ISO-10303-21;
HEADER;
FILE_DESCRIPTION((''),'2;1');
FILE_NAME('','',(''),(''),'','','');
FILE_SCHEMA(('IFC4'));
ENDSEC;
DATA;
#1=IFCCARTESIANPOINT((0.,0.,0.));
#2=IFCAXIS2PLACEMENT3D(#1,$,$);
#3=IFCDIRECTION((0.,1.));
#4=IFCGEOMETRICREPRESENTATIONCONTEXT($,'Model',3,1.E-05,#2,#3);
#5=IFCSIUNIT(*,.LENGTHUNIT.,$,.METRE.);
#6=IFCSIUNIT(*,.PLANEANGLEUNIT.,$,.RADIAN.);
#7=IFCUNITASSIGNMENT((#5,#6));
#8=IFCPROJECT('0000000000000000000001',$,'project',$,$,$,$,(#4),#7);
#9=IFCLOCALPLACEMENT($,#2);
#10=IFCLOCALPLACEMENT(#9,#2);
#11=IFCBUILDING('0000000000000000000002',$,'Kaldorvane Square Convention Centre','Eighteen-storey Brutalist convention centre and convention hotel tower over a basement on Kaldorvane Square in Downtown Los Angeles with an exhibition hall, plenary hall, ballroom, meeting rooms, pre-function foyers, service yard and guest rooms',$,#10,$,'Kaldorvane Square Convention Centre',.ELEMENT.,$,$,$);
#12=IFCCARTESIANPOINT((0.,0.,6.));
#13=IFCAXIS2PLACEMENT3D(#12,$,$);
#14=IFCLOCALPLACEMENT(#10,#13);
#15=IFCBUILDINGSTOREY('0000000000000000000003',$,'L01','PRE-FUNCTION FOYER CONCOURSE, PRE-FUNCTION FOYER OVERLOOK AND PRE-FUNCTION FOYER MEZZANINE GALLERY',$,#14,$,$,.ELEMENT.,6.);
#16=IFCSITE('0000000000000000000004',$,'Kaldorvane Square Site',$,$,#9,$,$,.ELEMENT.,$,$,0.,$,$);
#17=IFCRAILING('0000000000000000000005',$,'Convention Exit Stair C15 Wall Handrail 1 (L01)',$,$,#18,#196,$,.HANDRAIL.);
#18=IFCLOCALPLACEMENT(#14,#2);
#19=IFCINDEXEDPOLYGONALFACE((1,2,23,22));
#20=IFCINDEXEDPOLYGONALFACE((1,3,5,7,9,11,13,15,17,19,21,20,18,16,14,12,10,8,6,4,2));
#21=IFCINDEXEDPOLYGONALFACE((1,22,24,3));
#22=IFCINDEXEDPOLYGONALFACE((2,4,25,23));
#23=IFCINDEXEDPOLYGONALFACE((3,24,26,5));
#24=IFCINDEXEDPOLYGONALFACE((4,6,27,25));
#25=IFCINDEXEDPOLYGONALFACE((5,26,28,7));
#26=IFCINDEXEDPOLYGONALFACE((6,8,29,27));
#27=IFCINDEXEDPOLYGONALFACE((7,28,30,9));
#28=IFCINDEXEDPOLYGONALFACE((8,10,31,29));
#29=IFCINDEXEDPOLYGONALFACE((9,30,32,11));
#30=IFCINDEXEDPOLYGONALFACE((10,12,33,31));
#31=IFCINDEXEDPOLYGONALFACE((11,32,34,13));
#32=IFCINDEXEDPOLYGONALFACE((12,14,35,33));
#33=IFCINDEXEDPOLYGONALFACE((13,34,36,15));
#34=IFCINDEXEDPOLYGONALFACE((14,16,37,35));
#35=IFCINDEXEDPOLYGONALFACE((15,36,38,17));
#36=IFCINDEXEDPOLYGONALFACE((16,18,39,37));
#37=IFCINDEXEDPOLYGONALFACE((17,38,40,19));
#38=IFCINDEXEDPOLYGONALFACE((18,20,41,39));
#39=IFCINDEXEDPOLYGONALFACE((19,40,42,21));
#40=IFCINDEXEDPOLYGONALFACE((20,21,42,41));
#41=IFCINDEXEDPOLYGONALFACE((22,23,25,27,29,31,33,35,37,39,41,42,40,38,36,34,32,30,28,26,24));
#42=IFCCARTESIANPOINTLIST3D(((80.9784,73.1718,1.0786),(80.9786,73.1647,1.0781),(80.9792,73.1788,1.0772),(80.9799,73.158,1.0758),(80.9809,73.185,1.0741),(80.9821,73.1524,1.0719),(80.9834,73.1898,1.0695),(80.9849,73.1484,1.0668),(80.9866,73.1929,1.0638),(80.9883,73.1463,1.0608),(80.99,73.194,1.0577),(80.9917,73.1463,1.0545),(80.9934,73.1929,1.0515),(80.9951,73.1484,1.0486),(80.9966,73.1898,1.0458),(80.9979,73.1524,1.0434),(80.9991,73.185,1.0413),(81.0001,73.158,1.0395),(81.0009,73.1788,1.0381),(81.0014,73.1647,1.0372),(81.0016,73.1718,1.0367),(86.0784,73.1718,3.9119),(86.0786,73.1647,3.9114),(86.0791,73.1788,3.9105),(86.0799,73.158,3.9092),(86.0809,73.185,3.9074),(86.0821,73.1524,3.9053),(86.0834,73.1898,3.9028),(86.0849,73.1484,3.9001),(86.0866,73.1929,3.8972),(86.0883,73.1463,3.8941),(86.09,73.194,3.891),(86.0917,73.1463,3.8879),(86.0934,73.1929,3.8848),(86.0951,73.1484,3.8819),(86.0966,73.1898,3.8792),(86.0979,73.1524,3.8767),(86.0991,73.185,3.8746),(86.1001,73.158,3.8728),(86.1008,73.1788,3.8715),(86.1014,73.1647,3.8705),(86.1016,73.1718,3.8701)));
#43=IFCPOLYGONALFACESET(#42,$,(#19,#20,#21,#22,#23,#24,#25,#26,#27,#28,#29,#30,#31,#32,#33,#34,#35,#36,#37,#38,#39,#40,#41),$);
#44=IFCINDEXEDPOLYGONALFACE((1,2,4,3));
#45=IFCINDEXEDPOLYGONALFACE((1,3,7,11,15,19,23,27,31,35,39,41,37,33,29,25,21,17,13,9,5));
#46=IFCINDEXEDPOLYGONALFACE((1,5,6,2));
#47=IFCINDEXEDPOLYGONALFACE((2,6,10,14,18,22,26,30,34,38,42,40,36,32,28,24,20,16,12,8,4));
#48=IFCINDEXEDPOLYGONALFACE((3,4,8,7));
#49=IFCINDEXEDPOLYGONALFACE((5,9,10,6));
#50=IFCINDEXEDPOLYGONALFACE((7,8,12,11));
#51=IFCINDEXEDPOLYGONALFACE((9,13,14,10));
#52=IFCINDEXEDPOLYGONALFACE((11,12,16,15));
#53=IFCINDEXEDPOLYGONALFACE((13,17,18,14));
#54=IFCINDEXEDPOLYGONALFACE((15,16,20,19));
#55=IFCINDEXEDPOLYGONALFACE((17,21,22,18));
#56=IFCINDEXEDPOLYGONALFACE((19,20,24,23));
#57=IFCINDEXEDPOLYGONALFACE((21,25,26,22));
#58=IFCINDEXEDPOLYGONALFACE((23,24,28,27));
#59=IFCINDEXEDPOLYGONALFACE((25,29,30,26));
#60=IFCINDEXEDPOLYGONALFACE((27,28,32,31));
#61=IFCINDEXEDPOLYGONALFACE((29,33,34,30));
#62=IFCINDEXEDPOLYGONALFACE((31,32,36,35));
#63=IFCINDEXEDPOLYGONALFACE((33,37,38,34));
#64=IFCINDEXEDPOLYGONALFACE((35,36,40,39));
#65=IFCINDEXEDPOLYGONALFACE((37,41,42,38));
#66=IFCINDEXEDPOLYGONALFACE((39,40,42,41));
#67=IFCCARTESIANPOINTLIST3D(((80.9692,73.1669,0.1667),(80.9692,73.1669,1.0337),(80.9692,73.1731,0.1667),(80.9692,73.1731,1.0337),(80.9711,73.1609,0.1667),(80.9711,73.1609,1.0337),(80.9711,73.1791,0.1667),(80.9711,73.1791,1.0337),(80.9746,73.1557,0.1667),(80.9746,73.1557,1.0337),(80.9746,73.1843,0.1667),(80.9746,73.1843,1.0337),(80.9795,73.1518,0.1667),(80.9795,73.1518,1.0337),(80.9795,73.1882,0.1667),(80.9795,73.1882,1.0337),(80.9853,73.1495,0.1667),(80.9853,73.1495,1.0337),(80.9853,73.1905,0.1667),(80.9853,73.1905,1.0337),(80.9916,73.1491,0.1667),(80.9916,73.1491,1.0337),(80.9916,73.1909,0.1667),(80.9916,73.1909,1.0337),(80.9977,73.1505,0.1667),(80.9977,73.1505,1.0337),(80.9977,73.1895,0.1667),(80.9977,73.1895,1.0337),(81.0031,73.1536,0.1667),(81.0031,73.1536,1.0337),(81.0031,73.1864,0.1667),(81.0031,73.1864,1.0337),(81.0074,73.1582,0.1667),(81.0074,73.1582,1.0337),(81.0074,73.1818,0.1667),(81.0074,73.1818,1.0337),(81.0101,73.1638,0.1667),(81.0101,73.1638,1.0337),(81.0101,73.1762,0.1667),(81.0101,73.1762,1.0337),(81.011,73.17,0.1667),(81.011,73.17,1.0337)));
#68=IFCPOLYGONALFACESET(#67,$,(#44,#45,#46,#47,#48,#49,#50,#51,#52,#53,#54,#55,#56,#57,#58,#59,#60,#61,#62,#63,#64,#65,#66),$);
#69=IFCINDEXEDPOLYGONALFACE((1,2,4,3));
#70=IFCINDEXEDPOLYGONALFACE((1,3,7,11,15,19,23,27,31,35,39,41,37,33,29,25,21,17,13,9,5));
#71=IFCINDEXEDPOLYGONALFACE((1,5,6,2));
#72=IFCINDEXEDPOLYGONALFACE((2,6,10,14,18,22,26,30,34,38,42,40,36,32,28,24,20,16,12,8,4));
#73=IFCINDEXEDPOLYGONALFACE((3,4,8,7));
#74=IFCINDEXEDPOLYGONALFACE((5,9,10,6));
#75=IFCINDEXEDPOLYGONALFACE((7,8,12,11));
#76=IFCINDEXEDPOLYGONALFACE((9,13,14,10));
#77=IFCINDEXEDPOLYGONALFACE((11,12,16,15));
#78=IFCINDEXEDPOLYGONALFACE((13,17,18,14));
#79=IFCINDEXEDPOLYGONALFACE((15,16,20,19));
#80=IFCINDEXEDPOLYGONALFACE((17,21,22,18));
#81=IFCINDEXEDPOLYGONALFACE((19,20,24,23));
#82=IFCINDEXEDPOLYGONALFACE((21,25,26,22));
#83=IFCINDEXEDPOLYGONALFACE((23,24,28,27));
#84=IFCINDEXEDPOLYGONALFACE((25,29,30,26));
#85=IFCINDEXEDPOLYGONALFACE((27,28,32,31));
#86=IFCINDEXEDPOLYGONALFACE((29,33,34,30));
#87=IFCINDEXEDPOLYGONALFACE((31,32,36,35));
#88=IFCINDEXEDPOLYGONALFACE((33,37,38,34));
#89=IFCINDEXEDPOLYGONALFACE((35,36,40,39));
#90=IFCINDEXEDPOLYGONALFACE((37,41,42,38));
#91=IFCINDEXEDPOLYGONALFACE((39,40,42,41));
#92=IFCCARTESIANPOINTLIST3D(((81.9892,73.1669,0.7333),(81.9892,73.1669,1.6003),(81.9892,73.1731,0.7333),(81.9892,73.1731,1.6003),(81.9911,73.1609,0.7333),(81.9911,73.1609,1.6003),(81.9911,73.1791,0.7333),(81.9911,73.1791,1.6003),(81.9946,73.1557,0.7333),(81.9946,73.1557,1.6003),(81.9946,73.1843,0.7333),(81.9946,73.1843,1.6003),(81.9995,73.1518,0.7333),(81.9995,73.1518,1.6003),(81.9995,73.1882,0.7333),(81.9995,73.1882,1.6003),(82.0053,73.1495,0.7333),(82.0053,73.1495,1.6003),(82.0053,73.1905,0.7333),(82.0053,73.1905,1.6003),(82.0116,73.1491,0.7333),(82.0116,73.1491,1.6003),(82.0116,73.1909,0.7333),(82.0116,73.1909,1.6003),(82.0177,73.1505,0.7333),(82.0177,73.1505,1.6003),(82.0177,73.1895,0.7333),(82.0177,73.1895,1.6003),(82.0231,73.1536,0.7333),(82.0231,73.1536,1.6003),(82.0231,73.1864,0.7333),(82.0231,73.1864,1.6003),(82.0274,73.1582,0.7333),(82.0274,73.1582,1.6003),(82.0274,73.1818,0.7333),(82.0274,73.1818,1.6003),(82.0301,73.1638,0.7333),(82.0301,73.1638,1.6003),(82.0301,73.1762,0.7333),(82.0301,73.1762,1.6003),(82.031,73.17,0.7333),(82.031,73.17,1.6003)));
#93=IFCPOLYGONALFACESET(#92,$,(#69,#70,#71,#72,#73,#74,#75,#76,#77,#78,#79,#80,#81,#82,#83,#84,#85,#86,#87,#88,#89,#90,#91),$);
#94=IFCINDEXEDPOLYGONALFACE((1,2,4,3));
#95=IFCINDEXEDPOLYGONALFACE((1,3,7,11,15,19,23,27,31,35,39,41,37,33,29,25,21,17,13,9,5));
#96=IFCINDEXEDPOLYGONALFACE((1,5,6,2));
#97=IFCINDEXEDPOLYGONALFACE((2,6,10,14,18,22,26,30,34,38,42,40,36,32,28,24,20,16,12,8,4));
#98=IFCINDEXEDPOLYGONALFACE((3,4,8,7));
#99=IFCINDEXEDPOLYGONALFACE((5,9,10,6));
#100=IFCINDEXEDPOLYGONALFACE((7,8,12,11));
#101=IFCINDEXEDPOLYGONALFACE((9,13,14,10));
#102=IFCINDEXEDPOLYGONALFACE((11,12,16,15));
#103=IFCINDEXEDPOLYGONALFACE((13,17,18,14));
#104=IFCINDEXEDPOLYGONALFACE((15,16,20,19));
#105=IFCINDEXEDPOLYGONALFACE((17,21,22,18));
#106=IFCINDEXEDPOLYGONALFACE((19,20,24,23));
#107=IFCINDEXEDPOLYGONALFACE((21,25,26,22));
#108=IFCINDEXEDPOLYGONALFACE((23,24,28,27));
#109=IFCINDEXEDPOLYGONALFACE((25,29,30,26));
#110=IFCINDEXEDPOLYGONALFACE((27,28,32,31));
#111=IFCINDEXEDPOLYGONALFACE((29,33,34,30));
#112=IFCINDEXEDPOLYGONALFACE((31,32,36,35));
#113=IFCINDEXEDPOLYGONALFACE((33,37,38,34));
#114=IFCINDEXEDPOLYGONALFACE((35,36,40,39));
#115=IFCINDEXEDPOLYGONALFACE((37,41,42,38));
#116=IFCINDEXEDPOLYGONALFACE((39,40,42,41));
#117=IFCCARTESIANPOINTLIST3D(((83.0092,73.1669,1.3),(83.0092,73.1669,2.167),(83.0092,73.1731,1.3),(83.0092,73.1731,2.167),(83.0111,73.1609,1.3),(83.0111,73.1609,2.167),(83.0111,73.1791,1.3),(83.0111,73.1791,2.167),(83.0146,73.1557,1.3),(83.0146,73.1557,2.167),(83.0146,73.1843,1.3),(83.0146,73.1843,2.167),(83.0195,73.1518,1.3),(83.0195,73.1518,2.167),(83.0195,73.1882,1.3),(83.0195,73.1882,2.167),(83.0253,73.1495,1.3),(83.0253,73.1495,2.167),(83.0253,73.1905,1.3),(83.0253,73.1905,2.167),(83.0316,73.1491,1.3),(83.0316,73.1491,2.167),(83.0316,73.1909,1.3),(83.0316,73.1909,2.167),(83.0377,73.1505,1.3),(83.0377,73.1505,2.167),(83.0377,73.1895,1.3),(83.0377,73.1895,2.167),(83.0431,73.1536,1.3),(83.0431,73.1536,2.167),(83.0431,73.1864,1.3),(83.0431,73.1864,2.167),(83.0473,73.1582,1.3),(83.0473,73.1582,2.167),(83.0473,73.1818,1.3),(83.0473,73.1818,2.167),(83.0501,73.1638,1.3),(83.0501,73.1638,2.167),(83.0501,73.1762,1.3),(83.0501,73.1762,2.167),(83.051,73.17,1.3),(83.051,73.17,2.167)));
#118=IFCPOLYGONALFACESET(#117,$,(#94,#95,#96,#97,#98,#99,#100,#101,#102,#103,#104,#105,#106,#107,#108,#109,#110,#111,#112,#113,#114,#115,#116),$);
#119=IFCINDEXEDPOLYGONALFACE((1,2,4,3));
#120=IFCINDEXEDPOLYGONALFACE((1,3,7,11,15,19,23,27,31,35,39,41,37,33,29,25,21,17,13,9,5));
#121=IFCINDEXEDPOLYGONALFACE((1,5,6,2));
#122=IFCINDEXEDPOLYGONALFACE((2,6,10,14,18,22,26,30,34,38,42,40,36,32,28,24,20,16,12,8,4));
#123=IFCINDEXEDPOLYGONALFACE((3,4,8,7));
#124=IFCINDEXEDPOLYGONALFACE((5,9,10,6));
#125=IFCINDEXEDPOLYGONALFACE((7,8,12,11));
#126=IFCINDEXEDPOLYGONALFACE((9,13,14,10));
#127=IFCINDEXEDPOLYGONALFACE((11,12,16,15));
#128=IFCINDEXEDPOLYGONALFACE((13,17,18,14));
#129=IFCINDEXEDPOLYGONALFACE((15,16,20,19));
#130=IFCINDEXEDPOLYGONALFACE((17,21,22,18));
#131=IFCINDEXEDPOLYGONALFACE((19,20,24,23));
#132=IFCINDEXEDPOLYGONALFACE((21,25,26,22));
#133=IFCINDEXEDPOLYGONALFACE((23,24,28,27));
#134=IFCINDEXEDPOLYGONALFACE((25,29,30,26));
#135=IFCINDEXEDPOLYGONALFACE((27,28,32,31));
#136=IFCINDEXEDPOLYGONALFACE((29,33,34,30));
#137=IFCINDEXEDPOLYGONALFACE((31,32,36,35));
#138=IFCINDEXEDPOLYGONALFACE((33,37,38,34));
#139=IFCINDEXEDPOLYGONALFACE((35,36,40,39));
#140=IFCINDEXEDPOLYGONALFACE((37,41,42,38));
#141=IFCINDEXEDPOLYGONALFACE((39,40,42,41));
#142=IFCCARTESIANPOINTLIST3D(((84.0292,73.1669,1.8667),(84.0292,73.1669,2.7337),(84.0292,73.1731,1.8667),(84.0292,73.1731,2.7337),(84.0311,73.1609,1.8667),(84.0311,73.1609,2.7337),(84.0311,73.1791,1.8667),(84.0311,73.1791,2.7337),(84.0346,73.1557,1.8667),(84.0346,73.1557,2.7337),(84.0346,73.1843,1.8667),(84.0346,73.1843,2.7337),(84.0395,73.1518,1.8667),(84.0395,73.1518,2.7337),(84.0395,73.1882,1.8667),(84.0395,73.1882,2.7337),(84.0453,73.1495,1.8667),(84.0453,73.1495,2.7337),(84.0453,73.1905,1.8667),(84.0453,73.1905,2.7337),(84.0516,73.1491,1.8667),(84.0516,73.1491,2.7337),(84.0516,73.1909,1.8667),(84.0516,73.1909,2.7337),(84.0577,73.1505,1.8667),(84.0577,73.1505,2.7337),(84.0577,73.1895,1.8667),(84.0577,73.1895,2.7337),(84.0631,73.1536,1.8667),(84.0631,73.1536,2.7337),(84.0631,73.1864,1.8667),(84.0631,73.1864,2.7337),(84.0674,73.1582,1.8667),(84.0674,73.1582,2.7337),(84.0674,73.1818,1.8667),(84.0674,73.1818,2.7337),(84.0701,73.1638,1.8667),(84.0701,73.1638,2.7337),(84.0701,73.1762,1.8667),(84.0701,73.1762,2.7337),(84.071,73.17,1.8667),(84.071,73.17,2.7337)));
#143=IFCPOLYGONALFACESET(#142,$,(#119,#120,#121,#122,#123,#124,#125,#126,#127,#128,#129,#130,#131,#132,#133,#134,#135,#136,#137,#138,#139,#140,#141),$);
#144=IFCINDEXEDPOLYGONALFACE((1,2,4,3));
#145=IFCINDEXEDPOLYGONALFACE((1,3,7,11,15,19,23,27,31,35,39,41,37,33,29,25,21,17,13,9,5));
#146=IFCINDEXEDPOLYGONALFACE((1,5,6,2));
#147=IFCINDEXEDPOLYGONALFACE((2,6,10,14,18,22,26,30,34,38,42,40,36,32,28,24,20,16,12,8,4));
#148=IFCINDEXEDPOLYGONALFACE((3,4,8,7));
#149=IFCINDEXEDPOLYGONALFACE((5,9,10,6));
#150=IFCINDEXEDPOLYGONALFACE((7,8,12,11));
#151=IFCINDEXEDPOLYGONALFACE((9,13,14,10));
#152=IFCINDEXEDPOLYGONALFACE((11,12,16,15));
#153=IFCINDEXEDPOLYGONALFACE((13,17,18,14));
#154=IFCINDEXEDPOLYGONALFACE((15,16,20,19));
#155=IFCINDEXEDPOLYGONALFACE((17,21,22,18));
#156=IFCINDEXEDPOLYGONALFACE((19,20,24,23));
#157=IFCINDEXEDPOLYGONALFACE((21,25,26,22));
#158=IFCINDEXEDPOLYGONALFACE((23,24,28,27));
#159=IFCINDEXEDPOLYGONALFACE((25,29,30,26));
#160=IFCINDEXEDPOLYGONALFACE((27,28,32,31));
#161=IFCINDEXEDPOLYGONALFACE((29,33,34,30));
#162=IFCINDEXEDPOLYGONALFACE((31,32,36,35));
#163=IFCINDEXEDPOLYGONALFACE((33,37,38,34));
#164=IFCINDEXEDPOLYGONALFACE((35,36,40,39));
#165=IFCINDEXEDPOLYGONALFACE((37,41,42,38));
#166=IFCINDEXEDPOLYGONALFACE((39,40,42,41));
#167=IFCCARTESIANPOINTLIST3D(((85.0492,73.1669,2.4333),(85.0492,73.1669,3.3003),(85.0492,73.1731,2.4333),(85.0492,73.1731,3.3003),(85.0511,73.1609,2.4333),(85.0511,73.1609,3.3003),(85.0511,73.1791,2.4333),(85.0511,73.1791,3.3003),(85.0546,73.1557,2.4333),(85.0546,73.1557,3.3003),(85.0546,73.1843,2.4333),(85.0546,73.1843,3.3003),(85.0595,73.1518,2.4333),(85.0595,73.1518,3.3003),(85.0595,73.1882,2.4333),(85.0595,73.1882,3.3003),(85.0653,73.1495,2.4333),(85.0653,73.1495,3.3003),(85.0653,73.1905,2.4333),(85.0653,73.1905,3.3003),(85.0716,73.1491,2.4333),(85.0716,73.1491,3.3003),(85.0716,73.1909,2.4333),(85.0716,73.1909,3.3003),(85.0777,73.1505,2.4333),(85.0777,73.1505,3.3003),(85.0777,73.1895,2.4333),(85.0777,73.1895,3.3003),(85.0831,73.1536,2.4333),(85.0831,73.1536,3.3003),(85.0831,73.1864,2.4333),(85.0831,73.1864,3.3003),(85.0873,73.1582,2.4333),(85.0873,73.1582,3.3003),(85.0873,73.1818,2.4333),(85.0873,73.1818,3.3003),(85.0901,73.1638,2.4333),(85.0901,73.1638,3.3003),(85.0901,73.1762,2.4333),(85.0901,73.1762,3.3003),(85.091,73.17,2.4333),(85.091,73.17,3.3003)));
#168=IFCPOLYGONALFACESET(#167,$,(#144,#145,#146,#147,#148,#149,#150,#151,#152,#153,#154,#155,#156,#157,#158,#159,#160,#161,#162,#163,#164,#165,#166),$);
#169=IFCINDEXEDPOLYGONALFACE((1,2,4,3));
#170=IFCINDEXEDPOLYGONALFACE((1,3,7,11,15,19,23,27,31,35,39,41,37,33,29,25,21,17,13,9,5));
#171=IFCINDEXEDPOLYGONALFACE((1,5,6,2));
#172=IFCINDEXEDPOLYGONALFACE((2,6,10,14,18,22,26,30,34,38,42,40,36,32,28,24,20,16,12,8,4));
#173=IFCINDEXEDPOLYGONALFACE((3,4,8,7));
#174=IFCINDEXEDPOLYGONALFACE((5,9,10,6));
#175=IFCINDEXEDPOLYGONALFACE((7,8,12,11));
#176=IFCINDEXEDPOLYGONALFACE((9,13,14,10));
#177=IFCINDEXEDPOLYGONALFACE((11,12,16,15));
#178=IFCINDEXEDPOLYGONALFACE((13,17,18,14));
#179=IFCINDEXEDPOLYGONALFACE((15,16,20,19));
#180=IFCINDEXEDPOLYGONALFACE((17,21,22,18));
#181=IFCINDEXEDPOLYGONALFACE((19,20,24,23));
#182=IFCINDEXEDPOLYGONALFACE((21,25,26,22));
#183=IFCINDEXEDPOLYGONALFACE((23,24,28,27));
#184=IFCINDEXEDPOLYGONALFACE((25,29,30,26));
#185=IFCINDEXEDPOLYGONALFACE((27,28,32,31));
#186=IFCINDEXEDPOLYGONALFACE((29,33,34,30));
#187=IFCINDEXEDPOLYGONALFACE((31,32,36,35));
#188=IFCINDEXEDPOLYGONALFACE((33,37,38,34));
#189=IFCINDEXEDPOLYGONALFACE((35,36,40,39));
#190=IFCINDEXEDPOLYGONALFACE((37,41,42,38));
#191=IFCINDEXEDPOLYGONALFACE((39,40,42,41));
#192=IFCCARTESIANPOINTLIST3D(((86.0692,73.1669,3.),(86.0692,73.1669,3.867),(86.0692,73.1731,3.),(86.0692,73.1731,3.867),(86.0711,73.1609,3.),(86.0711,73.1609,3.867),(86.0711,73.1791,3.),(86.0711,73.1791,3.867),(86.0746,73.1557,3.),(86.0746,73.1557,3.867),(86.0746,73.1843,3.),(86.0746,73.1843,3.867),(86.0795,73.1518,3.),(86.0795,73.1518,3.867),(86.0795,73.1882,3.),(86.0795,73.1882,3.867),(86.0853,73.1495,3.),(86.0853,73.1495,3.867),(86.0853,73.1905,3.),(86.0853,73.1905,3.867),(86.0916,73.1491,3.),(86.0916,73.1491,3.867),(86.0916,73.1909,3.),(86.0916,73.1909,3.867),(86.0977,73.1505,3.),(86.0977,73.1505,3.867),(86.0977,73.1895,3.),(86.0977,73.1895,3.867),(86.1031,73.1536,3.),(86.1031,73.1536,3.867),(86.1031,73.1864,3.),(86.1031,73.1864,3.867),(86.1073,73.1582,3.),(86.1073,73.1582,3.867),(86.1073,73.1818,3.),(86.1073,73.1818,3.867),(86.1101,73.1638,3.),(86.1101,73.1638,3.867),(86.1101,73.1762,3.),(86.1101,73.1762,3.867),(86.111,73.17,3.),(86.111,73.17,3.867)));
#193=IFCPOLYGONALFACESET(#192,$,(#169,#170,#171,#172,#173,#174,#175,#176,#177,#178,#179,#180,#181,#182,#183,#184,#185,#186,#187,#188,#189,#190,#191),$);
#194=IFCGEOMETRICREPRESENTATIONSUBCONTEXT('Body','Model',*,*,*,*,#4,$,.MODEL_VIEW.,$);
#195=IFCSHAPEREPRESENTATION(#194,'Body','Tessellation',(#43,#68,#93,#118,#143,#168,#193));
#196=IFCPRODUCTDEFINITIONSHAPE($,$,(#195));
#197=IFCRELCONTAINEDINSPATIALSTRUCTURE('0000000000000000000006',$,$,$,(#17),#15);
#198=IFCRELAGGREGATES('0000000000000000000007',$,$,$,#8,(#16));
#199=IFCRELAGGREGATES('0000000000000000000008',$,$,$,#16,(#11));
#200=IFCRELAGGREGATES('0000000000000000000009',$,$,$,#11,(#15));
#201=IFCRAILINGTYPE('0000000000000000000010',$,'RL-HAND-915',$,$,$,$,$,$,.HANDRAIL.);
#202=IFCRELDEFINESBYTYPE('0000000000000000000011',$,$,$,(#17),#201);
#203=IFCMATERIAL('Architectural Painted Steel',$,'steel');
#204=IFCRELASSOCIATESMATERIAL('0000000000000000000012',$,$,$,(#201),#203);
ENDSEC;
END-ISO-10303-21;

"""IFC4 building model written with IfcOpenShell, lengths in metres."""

from ifc_helpers import new_model, si_unit, direction, frame, origin, origin_2d, place, context, subcontext, project, spatial, circle, extrude, material, type_object, element, save


model = new_model("IFC4")

# Units and contexts
model_context = context("Model", 3, precision=1e-05, world=origin(), true_north=direction((0.0, 1.0)))
body_context = subcontext(model_context, "Body", "Model", "MODEL_VIEW")
ifc_project = project(units=[si_unit("LENGTHUNIT", "METRE"), si_unit("PLANEANGLEUNIT", "RADIAN")], contexts=[model_context])

# Site, building, storey
site_placement = place(None, origin())
site = spatial("IfcSite", under=ifc_project, at=site_placement, Name="Kaldorvane Square Site", CompositionType="ELEMENT", RefElevation=0.0)
building_placement = place(site_placement, origin())
building = spatial("IfcBuilding", under=site, at=building_placement, Name="Kaldorvane Square Convention Centre", Description="Eighteen-storey Brutalist convention centre and convention hotel tower over a basement on Kaldorvane Square in Downtown Los Angeles with an exhibition hall, plenary hall, ballroom, meeting rooms, pre-function foyers, service yard and guest rooms", LongName="Kaldorvane Square Convention Centre", CompositionType="ELEMENT")
storey_placement = place(building_placement, frame((0.0, 0.0, 6.0)))
storey = spatial("IfcBuildingStorey", under=building, at=storey_placement, Name="L01", Description="PRE-FUNCTION FOYER CONCOURSE, PRE-FUNCTION FOYER OVERLOOK AND PRE-FUNCTION FOYER MEZZANINE GALLERY", CompositionType="ELEMENT", Elevation=6.0)

# Railing
ifc_material_1 = material(Name="Architectural Painted Steel", Category="steel")
railing_type_1 = type_object("IfcRailingType", Name="RL-HAND-915", PredefinedType="HANDRAIL", material=ifc_material_1)
railing_1_placement = place(storey_placement, frame((80.99, 73.17, 0.1667)))
element("IfcRailing", 1, at=railing_1_placement, inside=storey, type_object=railing_type_1, Name="Convention Exit Stair C15 Wall Handrail 1 (L01)", PredefinedType="HANDRAIL", context=body_context, shape_type="SweptSolid", body=[
    extrude(circle(Radius=0.024, at=origin_2d()), frame((0.0, 0.0, 0.891), z_axis=(0.874157, 0.0, 0.485643), x_axis=(0.0, 1.0, 0.0)), (0.0, 0.0, 1.0), 5.8342),
    extrude(circle(Radius=0.021, at=origin_2d()), origin(), (0.0, 0.0, 1.0), 0.867),
    extrude(circle(Radius=0.021, at=origin_2d()), frame((1.02, 0.0, 0.5667)), (0.0, 0.0, 1.0), 0.867),
    extrude(circle(Radius=0.021, at=origin_2d()), frame((2.04, 0.0, 1.1333)), (0.0, 0.0, 1.0), 0.867),
    extrude(circle(Radius=0.021, at=origin_2d()), frame((3.06, 0.0, 1.7)), (0.0, 0.0, 1.0), 0.867),
    extrude(circle(Radius=0.021, at=origin_2d()), frame((4.08, 0.0, 2.2667)), (0.0, 0.0, 1.0), 0.867),
    extrude(circle(Radius=0.021, at=origin_2d()), frame((5.1, 0.0, 2.8333)), (0.0, 0.0, 1.0), 0.867),
])

save(model, "model.ifc")
